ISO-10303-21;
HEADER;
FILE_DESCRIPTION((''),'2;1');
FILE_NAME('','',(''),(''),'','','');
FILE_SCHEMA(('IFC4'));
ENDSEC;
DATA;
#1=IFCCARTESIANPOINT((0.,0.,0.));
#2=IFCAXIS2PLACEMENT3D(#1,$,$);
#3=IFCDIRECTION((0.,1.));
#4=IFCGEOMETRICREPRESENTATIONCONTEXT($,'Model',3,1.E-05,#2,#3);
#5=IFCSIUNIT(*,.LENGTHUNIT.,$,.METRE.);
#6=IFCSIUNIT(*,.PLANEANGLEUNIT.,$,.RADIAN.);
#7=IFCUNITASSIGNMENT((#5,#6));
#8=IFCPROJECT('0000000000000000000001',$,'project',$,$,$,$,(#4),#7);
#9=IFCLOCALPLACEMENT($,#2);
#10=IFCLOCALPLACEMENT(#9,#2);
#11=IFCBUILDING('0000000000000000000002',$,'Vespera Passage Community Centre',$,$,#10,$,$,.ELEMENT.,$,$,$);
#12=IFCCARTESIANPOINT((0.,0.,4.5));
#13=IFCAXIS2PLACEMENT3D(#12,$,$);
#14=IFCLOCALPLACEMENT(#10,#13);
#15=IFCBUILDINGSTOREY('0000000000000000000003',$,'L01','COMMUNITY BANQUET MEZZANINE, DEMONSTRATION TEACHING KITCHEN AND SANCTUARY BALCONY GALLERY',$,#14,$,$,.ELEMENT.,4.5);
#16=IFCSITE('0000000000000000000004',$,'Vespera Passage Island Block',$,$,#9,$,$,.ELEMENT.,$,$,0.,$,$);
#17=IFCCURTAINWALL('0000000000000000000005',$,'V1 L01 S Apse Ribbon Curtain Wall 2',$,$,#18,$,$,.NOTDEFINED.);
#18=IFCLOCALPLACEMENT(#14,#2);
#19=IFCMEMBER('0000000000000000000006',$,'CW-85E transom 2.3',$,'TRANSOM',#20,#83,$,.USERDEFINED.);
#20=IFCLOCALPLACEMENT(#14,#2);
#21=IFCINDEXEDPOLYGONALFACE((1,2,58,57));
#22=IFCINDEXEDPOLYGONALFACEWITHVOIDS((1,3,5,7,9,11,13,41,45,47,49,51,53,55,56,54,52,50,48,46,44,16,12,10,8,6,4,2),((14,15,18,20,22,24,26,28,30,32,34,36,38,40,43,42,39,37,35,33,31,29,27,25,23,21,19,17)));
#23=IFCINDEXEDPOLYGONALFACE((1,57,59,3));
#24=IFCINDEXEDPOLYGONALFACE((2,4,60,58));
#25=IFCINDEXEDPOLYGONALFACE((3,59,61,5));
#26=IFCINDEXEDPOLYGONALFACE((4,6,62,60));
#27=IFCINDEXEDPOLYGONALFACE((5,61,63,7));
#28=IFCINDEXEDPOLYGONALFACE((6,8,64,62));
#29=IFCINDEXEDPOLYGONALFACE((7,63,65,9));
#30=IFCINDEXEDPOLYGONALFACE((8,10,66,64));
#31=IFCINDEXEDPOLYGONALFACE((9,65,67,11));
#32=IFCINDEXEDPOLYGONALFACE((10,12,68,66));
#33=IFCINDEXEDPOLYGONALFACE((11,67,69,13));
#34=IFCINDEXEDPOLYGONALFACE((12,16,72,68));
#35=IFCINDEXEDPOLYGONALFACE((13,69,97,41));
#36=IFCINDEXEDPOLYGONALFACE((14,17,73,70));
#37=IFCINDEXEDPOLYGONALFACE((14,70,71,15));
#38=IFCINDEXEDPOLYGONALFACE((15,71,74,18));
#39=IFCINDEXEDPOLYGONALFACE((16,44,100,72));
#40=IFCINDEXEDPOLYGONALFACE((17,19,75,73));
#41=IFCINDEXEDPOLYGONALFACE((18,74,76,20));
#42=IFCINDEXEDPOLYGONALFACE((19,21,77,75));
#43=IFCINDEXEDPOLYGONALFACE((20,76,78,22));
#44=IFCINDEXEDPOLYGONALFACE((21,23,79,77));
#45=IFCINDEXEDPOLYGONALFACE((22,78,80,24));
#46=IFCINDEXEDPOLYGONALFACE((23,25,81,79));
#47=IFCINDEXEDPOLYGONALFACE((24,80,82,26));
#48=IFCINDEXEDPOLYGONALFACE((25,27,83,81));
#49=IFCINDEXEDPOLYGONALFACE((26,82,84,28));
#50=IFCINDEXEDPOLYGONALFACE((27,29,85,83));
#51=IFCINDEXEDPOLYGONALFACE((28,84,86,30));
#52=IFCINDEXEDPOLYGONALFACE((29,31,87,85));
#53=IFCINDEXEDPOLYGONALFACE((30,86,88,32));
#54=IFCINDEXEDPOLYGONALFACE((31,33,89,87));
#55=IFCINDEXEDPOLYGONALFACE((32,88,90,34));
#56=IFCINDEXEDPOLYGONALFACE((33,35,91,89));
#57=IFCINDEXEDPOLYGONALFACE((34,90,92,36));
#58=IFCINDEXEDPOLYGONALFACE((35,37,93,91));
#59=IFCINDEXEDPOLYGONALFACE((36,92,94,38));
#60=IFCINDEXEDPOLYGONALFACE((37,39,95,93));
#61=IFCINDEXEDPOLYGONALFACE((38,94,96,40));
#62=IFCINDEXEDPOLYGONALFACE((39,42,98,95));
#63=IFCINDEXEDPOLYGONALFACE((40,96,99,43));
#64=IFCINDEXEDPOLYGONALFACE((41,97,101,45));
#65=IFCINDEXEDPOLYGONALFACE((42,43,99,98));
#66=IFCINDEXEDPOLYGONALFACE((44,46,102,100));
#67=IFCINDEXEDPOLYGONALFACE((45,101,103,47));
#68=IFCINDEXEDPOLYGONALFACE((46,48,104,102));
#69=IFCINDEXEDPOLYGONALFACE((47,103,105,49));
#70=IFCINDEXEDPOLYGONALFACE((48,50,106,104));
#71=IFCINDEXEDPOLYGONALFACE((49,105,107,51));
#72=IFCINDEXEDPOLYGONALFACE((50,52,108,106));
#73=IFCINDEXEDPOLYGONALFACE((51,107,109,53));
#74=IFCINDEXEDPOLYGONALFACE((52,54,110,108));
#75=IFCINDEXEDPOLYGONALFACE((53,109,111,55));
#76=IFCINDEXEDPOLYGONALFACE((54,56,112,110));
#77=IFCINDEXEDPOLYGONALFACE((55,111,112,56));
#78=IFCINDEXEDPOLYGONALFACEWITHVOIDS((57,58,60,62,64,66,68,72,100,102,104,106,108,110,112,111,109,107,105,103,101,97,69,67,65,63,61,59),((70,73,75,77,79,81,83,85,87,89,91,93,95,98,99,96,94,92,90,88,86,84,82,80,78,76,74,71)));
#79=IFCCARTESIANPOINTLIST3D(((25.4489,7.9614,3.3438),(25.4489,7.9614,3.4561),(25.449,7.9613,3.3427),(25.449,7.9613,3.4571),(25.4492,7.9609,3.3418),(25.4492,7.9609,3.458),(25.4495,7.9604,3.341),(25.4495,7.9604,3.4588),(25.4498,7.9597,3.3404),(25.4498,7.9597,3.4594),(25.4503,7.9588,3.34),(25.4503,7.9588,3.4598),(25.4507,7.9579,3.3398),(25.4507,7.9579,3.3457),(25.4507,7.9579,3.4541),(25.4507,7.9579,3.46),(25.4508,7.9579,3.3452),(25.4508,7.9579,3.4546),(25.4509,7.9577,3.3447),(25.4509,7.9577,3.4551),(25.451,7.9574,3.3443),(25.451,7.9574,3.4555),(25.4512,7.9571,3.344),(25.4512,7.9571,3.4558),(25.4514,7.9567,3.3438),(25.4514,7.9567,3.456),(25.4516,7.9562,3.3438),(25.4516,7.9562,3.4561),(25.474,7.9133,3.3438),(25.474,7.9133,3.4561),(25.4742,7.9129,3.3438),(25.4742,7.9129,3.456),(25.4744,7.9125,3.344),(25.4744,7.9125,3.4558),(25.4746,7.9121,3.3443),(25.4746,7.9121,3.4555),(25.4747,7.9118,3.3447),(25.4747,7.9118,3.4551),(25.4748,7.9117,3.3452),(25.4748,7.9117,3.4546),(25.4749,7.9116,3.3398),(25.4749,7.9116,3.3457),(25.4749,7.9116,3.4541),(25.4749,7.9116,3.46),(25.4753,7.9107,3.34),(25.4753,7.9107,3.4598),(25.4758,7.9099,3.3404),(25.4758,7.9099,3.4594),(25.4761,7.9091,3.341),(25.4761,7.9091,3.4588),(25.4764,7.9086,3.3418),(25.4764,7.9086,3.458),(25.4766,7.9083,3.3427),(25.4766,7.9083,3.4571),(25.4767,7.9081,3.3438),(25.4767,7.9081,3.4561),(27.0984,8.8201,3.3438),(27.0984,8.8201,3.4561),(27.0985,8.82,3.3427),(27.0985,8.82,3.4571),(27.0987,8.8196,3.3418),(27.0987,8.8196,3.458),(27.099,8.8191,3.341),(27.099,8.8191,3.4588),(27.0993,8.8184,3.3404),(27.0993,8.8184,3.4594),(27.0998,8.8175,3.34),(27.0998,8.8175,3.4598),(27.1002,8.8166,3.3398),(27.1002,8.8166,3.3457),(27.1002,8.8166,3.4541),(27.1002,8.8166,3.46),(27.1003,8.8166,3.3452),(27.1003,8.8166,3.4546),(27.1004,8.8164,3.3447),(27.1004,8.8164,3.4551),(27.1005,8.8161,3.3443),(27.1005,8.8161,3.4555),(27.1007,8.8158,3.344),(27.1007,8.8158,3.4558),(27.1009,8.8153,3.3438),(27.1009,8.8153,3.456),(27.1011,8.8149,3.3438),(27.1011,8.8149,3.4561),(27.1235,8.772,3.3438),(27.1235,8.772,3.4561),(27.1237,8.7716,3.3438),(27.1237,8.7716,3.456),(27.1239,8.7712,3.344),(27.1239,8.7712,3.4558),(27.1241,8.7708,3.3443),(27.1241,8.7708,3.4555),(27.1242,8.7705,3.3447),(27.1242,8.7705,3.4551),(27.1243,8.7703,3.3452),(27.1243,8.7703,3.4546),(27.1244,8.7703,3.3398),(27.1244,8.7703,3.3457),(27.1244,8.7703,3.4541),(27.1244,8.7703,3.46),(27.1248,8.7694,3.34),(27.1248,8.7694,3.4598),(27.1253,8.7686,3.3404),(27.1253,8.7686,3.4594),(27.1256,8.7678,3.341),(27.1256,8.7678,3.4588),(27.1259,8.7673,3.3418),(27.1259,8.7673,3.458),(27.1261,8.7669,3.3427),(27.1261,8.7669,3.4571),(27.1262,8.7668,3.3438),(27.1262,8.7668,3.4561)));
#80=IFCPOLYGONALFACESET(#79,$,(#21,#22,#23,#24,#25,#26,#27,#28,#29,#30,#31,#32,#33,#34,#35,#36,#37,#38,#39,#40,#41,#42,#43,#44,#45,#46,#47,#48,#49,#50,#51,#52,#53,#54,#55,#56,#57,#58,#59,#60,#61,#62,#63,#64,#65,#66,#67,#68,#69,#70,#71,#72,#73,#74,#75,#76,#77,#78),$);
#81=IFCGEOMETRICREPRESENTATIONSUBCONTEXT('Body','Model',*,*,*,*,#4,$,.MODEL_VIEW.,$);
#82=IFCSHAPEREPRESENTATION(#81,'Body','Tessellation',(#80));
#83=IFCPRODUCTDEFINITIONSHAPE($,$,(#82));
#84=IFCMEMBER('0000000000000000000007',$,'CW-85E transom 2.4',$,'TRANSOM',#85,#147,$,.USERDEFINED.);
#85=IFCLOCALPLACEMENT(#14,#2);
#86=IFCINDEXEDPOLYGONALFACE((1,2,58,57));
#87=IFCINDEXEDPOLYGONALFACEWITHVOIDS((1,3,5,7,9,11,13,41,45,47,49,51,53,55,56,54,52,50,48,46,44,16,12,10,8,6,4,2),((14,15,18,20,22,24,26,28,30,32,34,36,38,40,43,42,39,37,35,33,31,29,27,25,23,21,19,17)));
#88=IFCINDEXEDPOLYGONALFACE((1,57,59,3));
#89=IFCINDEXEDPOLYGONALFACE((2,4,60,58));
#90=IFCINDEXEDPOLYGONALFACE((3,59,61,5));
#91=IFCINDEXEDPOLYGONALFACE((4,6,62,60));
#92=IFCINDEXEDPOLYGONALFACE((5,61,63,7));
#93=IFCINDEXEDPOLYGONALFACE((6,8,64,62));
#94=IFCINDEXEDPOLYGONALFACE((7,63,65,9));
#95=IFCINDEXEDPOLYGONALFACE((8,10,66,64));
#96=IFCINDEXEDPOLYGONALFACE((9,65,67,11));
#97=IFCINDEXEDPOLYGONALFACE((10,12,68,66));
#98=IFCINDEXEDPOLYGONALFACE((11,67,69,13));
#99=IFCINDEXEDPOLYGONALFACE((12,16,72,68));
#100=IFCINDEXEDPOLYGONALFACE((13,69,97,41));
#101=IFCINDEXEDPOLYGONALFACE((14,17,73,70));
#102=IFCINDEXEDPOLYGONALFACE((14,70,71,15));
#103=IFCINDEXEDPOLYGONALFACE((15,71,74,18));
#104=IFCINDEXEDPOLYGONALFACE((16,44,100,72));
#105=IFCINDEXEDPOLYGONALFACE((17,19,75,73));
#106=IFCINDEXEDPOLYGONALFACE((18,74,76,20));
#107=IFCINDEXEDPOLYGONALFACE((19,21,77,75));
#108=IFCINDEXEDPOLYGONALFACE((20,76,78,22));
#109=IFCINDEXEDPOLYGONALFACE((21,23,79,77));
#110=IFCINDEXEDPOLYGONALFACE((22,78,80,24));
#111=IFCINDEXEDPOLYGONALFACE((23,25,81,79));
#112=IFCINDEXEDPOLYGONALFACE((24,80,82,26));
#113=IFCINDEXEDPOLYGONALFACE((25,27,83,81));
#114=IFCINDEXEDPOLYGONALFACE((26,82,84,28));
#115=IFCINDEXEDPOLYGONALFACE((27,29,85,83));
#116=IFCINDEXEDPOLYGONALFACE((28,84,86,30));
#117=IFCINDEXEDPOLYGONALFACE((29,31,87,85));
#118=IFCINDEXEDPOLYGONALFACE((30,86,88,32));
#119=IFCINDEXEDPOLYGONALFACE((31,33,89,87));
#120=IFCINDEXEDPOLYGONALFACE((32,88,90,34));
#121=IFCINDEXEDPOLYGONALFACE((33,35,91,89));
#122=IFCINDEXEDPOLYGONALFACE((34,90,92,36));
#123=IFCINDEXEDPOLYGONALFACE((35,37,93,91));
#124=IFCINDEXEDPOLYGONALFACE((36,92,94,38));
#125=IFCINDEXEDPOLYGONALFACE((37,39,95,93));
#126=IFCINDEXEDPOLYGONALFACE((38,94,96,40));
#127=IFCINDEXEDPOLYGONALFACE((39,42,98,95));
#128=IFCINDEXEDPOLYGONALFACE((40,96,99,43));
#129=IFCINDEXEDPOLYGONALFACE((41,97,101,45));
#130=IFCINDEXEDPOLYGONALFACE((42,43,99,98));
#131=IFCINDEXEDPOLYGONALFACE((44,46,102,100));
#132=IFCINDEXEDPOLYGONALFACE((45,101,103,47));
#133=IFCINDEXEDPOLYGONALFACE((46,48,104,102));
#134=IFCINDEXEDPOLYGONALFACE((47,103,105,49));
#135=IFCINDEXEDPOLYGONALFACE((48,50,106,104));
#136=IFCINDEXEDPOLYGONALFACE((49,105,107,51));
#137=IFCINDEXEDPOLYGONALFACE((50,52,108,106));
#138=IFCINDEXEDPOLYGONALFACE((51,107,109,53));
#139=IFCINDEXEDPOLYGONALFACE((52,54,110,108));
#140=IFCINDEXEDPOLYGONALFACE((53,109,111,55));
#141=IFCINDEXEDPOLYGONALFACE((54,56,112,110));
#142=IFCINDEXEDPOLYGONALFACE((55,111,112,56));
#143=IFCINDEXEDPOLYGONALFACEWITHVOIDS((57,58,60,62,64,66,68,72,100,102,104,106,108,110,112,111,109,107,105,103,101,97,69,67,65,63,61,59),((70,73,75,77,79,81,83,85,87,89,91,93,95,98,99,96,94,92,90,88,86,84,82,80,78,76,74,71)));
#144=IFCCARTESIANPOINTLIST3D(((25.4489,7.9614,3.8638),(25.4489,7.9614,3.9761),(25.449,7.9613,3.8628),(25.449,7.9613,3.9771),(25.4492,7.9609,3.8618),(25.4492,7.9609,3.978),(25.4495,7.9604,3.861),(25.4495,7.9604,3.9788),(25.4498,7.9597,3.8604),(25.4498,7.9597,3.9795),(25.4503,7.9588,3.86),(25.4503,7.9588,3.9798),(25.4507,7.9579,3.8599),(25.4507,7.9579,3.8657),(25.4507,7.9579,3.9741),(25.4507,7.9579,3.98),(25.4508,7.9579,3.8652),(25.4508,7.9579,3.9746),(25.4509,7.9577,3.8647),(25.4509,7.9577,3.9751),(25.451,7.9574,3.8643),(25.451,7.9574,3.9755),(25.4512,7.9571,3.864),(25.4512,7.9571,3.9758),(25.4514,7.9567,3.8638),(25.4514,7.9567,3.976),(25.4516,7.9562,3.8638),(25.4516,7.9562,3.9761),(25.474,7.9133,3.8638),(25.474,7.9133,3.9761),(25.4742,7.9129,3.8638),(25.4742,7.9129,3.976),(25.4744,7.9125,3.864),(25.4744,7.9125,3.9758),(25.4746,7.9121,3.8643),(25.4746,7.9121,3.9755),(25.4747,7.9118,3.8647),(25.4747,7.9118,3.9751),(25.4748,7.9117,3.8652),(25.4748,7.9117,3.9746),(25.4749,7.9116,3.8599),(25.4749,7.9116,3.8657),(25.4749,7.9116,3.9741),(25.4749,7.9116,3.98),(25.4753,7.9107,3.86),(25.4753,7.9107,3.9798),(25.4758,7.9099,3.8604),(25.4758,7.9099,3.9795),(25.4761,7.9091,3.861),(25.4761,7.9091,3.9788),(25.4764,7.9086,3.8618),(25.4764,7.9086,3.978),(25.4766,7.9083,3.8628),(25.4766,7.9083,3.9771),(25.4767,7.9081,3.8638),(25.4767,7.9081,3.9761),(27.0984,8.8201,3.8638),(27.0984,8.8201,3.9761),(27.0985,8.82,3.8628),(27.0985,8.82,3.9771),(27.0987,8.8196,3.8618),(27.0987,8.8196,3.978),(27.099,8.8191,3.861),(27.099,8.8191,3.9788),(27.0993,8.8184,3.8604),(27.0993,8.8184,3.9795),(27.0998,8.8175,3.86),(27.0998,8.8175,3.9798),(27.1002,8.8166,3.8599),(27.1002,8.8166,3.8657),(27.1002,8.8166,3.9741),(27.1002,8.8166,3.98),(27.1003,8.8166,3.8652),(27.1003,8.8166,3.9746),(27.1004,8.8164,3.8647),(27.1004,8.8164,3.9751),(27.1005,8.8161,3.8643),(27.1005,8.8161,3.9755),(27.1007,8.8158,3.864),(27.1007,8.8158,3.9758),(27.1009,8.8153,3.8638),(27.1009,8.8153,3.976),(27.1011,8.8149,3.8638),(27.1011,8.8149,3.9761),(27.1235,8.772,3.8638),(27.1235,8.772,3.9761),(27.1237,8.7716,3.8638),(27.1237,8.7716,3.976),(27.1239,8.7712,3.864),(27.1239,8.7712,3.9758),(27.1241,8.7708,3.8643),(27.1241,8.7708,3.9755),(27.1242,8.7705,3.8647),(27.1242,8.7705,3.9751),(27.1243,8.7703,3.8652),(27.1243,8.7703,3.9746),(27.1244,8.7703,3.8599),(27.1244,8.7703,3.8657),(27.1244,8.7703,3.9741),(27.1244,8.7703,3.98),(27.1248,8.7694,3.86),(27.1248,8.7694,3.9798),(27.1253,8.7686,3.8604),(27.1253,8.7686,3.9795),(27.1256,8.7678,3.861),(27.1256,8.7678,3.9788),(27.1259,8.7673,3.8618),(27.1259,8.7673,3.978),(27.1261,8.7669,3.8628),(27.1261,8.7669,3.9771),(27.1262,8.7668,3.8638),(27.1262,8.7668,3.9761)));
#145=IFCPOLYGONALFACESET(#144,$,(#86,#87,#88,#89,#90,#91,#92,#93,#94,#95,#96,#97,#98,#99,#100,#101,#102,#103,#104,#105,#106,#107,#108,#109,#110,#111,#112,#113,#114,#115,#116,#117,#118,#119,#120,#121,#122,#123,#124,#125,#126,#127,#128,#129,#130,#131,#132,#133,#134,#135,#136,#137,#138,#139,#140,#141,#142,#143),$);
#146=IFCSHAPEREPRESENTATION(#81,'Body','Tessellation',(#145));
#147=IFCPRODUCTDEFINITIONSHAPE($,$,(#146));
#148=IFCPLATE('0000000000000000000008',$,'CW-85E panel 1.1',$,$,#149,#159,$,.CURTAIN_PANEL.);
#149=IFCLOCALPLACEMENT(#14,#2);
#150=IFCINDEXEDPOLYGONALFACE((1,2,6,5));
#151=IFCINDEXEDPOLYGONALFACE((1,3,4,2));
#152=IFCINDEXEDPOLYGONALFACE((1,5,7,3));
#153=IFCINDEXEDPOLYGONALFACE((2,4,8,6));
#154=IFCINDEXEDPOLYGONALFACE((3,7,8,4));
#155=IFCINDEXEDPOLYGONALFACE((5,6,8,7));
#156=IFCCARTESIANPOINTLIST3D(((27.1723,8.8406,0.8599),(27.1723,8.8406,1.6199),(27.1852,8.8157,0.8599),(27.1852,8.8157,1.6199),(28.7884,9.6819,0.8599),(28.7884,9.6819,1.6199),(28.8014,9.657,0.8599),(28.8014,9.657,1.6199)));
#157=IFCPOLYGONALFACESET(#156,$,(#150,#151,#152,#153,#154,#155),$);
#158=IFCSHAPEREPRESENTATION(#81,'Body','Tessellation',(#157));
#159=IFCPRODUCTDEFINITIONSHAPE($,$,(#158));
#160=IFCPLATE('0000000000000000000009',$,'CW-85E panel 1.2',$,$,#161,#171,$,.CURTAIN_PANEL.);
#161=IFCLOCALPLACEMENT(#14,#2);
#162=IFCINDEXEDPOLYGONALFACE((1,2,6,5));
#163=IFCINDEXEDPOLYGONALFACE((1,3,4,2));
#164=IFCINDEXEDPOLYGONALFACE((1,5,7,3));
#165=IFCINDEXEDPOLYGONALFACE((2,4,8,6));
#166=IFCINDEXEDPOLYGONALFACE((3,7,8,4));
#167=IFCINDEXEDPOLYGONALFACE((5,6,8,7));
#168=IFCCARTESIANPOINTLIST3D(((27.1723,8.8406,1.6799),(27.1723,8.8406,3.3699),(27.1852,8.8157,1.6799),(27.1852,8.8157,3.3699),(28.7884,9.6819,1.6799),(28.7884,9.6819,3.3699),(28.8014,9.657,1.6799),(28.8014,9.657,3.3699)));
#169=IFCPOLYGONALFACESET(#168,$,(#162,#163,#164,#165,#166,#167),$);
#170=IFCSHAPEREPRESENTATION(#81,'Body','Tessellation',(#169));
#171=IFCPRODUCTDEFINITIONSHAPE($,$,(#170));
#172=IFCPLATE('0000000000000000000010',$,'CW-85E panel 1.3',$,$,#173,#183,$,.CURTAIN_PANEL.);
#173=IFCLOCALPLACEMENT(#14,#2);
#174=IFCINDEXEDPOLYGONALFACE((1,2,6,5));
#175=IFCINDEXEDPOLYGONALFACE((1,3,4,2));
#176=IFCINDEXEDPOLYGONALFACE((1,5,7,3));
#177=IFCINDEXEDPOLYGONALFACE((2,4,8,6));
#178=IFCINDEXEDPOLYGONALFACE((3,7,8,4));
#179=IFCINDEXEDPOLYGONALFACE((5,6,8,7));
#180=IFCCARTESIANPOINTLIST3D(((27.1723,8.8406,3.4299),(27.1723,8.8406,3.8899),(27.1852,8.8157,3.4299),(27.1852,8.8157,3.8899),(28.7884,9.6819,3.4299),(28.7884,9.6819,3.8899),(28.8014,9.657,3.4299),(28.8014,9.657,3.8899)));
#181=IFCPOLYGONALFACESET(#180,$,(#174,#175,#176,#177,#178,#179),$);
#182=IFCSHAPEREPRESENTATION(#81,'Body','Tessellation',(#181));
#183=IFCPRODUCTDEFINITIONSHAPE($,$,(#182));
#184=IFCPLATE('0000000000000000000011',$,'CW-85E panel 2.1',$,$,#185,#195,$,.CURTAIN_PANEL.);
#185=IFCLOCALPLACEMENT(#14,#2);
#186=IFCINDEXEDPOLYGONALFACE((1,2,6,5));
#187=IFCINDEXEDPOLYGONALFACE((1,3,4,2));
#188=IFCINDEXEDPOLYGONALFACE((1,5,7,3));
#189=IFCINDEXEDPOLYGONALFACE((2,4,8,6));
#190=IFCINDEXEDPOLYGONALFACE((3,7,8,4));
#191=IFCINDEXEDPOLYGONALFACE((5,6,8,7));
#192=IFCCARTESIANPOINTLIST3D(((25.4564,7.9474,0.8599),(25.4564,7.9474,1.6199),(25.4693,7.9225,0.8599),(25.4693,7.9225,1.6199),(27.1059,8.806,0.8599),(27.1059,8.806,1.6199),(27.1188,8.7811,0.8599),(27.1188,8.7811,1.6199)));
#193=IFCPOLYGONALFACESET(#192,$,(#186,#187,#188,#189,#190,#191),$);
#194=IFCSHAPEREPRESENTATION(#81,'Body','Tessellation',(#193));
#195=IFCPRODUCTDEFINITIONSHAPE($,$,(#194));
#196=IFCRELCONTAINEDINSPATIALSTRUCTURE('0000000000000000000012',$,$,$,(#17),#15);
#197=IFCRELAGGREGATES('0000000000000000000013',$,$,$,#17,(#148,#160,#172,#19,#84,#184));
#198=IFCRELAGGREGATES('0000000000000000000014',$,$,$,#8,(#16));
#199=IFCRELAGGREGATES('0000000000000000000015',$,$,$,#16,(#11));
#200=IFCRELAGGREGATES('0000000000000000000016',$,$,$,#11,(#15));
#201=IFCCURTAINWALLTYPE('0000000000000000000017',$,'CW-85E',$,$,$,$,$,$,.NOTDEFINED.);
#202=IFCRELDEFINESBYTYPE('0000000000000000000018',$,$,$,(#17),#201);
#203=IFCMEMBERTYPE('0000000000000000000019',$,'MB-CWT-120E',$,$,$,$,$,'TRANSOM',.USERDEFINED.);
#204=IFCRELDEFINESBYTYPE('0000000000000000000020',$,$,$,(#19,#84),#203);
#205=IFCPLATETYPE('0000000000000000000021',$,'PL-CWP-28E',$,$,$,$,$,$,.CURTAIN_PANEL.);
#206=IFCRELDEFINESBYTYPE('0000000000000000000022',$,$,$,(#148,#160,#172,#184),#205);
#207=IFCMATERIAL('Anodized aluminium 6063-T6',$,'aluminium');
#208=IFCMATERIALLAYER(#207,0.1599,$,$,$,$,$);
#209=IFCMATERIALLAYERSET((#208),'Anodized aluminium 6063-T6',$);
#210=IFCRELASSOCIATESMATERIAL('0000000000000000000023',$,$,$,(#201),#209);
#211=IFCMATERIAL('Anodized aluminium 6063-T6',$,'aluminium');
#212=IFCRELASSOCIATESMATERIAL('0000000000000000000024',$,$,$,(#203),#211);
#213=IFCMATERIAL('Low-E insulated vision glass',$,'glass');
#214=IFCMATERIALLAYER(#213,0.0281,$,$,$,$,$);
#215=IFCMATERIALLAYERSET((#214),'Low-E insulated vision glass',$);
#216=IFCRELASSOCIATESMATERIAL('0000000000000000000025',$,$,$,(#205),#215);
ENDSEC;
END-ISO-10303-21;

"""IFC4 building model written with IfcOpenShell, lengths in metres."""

from ifc_helpers import new_model, si_unit, direction, frame, origin, origin_2d, place, context, subcontext, project, spatial, rectangle, hollow_rectangle, extrude, material, layer, layer_set, material_profile, profile_set, type_object, element, aggregate, save


model = new_model("IFC4")

# Units and contexts
model_context = context("Model", 3, precision=1e-05, world=origin(), true_north=direction((0.0, 1.0)))
body_context = subcontext(model_context, "Body", "Model", "MODEL_VIEW")
ifc_project = project(units=[si_unit("LENGTHUNIT", "METRE"), si_unit("PLANEANGLEUNIT", "RADIAN")], contexts=[model_context])

# Site, building, storey
site_placement = place(None, origin())
site = spatial("IfcSite", under=ifc_project, at=site_placement, Name="Vespera Passage Island Block", CompositionType="ELEMENT", RefElevation=0.0)
building_placement = place(site_placement, origin())
building = spatial("IfcBuilding", under=site, at=building_placement, Name="Vespera Passage Community Centre", CompositionType="ELEMENT")
storey_placement = place(building_placement, frame((0.0, 0.0, 4.5)))
storey = spatial("IfcBuildingStorey", under=building, at=storey_placement, Name="L01", Description="COMMUNITY BANQUET MEZZANINE, DEMONSTRATION TEACHING KITCHEN AND SANCTUARY BALCONY GALLERY", CompositionType="ELEMENT", Elevation=4.5)

# Curtain wall
ifc_material_1 = material(Name="Anodized aluminium 6063-T6", Category="aluminium")
ifc_layer_1 = layer(ifc_material_1, 0.1599)
ifc_layer_set_1 = layer_set([ifc_layer_1], Name="Anodized aluminium 6063-T6")
curtain_wall_type_1 = type_object("IfcCurtainWallType", Name="CW-85E", PredefinedType="NOTDEFINED", material=ifc_layer_set_1)
curtain_wall_1_placement = place(storey_placement, origin())
curtain_wall_1 = element("IfcCurtainWall", 1, at=curtain_wall_1_placement, inside=storey, type_object=curtain_wall_type_1, Name="V1 L01 S Apse Ribbon Curtain Wall 2", PredefinedType="NOTDEFINED")

# Members
ifc_material_2 = material(Name="Anodized aluminium 6063-T6", Category="aluminium")
ifc_material_profile_1 = material_profile(ifc_material_2, hollow_rectangle(XDim=0.0601, YDim=0.1201, WallThickness=0.0039, InnerFilletRadius=0.002, OuterFilletRadius=0.0039, at=origin_2d()), Name="ALU120X60X4")
ifc_profile_set_1 = profile_set([ifc_material_profile_1], Name="Anodized aluminium 6063-T6")
member_type_1 = type_object("IfcMemberType", Name="MB-CWT-120E", ElementType="TRANSOM", PredefinedType="USERDEFINED", material=ifc_profile_set_1)
member_1_placement = place(storey_placement, frame((27.1123, 8.7935, 3.3999), z_axis=(-0.887008, -0.461754, 0.0), x_axis=(0.461754, -0.887008, 0.0)))
member_1 = element("IfcMember", 2, at=member_1_placement, type_object=member_type_1, Name="CW-85E transom 2.3", ObjectType="TRANSOM", PredefinedType="USERDEFINED", context=body_context, shape_type="SweptSolid", body=[
    extrude(hollow_rectangle(XDim=0.0601, YDim=0.1201, WallThickness=0.0039, InnerFilletRadius=0.002, OuterFilletRadius=0.0039, at=origin_2d()), origin(), (0.0, 0.0, 1.0), 1.8596),
])
member_2_placement = place(storey_placement, frame((27.1123, 8.7935, 3.9199), z_axis=(-0.887008, -0.461754, 0.0), x_axis=(0.461754, -0.887008, 0.0)))
member_2 = element("IfcMember", 3, at=member_2_placement, type_object=member_type_1, Name="CW-85E transom 2.4", ObjectType="TRANSOM", PredefinedType="USERDEFINED", context=body_context, shape_type="SweptSolid", body=[
    extrude(hollow_rectangle(XDim=0.0601, YDim=0.1201, WallThickness=0.0039, InnerFilletRadius=0.002, OuterFilletRadius=0.0039, at=origin_2d()), origin(), (0.0, 0.0, 1.0), 1.8596),
])

# Plates
ifc_material_3 = material(Name="Low-E insulated vision glass", Category="glass")
ifc_layer_2 = layer(ifc_material_3, 0.0281)
ifc_layer_set_2 = layer_set([ifc_layer_2], Name="Low-E insulated vision glass")
plate_type_1 = type_object("IfcPlateType", Name="PL-CWP-28E", PredefinedType="CURTAIN_PANEL", material=ifc_layer_set_2)
plate_1_placement = place(storey_placement, frame((27.9868, 9.2488, 0.8599), z_axis=(0.0, 0.0, 1.0), x_axis=(-0.887013, -0.461745, 0.0)))
plate_1 = element("IfcPlate", 4, at=plate_1_placement, type_object=plate_type_1, Name="CW-85E panel 1.1", PredefinedType="CURTAIN_PANEL", context=body_context, shape_type="SweptSolid", body=[
    extrude(rectangle(XDim=1.822, YDim=0.0281, at=origin_2d()), origin(), (0.0, 0.0, 1.0), 0.76),
])
plate_2_placement = place(storey_placement, frame((27.9868, 9.2488, 1.6799), z_axis=(0.0, 0.0, 1.0), x_axis=(-0.887013, -0.461745, 0.0)))
plate_2 = element("IfcPlate", 5, at=plate_2_placement, type_object=plate_type_1, Name="CW-85E panel 1.2", PredefinedType="CURTAIN_PANEL", context=body_context, shape_type="SweptSolid", body=[
    extrude(rectangle(XDim=1.822, YDim=0.0281, at=origin_2d()), origin(), (0.0, 0.0, 1.0), 1.6899),
])
plate_3_placement = place(storey_placement, frame((27.9868, 9.2488, 3.4299), z_axis=(0.0, 0.0, 1.0), x_axis=(-0.887013, -0.461745, 0.0)))
plate_3 = element("IfcPlate", 6, at=plate_3_placement, type_object=plate_type_1, Name="CW-85E panel 1.3", PredefinedType="CURTAIN_PANEL", context=body_context, shape_type="SweptSolid", body=[
    extrude(rectangle(XDim=1.822, YDim=0.0281, at=origin_2d()), origin(), (0.0, 0.0, 1.0), 0.46),
])
plate_4_placement = place(storey_placement, frame((26.2876, 8.3643, 0.8599), z_axis=(0.0, 0.0, 1.0), x_axis=(-0.887013, -0.461745, 0.0)))
plate_4 = element("IfcPlate", 7, at=plate_4_placement, type_object=plate_type_1, Name="CW-85E panel 2.1", PredefinedType="CURTAIN_PANEL", context=body_context, shape_type="SweptSolid", body=[
    extrude(rectangle(XDim=1.8596, YDim=0.0281, at=origin_2d()), origin(), (0.0, 0.0, 1.0), 0.76),
])
aggregate(curtain_wall_1, [plate_1, plate_2, plate_3, member_1, member_2, plate_4])

save(model, "model.ifc")
